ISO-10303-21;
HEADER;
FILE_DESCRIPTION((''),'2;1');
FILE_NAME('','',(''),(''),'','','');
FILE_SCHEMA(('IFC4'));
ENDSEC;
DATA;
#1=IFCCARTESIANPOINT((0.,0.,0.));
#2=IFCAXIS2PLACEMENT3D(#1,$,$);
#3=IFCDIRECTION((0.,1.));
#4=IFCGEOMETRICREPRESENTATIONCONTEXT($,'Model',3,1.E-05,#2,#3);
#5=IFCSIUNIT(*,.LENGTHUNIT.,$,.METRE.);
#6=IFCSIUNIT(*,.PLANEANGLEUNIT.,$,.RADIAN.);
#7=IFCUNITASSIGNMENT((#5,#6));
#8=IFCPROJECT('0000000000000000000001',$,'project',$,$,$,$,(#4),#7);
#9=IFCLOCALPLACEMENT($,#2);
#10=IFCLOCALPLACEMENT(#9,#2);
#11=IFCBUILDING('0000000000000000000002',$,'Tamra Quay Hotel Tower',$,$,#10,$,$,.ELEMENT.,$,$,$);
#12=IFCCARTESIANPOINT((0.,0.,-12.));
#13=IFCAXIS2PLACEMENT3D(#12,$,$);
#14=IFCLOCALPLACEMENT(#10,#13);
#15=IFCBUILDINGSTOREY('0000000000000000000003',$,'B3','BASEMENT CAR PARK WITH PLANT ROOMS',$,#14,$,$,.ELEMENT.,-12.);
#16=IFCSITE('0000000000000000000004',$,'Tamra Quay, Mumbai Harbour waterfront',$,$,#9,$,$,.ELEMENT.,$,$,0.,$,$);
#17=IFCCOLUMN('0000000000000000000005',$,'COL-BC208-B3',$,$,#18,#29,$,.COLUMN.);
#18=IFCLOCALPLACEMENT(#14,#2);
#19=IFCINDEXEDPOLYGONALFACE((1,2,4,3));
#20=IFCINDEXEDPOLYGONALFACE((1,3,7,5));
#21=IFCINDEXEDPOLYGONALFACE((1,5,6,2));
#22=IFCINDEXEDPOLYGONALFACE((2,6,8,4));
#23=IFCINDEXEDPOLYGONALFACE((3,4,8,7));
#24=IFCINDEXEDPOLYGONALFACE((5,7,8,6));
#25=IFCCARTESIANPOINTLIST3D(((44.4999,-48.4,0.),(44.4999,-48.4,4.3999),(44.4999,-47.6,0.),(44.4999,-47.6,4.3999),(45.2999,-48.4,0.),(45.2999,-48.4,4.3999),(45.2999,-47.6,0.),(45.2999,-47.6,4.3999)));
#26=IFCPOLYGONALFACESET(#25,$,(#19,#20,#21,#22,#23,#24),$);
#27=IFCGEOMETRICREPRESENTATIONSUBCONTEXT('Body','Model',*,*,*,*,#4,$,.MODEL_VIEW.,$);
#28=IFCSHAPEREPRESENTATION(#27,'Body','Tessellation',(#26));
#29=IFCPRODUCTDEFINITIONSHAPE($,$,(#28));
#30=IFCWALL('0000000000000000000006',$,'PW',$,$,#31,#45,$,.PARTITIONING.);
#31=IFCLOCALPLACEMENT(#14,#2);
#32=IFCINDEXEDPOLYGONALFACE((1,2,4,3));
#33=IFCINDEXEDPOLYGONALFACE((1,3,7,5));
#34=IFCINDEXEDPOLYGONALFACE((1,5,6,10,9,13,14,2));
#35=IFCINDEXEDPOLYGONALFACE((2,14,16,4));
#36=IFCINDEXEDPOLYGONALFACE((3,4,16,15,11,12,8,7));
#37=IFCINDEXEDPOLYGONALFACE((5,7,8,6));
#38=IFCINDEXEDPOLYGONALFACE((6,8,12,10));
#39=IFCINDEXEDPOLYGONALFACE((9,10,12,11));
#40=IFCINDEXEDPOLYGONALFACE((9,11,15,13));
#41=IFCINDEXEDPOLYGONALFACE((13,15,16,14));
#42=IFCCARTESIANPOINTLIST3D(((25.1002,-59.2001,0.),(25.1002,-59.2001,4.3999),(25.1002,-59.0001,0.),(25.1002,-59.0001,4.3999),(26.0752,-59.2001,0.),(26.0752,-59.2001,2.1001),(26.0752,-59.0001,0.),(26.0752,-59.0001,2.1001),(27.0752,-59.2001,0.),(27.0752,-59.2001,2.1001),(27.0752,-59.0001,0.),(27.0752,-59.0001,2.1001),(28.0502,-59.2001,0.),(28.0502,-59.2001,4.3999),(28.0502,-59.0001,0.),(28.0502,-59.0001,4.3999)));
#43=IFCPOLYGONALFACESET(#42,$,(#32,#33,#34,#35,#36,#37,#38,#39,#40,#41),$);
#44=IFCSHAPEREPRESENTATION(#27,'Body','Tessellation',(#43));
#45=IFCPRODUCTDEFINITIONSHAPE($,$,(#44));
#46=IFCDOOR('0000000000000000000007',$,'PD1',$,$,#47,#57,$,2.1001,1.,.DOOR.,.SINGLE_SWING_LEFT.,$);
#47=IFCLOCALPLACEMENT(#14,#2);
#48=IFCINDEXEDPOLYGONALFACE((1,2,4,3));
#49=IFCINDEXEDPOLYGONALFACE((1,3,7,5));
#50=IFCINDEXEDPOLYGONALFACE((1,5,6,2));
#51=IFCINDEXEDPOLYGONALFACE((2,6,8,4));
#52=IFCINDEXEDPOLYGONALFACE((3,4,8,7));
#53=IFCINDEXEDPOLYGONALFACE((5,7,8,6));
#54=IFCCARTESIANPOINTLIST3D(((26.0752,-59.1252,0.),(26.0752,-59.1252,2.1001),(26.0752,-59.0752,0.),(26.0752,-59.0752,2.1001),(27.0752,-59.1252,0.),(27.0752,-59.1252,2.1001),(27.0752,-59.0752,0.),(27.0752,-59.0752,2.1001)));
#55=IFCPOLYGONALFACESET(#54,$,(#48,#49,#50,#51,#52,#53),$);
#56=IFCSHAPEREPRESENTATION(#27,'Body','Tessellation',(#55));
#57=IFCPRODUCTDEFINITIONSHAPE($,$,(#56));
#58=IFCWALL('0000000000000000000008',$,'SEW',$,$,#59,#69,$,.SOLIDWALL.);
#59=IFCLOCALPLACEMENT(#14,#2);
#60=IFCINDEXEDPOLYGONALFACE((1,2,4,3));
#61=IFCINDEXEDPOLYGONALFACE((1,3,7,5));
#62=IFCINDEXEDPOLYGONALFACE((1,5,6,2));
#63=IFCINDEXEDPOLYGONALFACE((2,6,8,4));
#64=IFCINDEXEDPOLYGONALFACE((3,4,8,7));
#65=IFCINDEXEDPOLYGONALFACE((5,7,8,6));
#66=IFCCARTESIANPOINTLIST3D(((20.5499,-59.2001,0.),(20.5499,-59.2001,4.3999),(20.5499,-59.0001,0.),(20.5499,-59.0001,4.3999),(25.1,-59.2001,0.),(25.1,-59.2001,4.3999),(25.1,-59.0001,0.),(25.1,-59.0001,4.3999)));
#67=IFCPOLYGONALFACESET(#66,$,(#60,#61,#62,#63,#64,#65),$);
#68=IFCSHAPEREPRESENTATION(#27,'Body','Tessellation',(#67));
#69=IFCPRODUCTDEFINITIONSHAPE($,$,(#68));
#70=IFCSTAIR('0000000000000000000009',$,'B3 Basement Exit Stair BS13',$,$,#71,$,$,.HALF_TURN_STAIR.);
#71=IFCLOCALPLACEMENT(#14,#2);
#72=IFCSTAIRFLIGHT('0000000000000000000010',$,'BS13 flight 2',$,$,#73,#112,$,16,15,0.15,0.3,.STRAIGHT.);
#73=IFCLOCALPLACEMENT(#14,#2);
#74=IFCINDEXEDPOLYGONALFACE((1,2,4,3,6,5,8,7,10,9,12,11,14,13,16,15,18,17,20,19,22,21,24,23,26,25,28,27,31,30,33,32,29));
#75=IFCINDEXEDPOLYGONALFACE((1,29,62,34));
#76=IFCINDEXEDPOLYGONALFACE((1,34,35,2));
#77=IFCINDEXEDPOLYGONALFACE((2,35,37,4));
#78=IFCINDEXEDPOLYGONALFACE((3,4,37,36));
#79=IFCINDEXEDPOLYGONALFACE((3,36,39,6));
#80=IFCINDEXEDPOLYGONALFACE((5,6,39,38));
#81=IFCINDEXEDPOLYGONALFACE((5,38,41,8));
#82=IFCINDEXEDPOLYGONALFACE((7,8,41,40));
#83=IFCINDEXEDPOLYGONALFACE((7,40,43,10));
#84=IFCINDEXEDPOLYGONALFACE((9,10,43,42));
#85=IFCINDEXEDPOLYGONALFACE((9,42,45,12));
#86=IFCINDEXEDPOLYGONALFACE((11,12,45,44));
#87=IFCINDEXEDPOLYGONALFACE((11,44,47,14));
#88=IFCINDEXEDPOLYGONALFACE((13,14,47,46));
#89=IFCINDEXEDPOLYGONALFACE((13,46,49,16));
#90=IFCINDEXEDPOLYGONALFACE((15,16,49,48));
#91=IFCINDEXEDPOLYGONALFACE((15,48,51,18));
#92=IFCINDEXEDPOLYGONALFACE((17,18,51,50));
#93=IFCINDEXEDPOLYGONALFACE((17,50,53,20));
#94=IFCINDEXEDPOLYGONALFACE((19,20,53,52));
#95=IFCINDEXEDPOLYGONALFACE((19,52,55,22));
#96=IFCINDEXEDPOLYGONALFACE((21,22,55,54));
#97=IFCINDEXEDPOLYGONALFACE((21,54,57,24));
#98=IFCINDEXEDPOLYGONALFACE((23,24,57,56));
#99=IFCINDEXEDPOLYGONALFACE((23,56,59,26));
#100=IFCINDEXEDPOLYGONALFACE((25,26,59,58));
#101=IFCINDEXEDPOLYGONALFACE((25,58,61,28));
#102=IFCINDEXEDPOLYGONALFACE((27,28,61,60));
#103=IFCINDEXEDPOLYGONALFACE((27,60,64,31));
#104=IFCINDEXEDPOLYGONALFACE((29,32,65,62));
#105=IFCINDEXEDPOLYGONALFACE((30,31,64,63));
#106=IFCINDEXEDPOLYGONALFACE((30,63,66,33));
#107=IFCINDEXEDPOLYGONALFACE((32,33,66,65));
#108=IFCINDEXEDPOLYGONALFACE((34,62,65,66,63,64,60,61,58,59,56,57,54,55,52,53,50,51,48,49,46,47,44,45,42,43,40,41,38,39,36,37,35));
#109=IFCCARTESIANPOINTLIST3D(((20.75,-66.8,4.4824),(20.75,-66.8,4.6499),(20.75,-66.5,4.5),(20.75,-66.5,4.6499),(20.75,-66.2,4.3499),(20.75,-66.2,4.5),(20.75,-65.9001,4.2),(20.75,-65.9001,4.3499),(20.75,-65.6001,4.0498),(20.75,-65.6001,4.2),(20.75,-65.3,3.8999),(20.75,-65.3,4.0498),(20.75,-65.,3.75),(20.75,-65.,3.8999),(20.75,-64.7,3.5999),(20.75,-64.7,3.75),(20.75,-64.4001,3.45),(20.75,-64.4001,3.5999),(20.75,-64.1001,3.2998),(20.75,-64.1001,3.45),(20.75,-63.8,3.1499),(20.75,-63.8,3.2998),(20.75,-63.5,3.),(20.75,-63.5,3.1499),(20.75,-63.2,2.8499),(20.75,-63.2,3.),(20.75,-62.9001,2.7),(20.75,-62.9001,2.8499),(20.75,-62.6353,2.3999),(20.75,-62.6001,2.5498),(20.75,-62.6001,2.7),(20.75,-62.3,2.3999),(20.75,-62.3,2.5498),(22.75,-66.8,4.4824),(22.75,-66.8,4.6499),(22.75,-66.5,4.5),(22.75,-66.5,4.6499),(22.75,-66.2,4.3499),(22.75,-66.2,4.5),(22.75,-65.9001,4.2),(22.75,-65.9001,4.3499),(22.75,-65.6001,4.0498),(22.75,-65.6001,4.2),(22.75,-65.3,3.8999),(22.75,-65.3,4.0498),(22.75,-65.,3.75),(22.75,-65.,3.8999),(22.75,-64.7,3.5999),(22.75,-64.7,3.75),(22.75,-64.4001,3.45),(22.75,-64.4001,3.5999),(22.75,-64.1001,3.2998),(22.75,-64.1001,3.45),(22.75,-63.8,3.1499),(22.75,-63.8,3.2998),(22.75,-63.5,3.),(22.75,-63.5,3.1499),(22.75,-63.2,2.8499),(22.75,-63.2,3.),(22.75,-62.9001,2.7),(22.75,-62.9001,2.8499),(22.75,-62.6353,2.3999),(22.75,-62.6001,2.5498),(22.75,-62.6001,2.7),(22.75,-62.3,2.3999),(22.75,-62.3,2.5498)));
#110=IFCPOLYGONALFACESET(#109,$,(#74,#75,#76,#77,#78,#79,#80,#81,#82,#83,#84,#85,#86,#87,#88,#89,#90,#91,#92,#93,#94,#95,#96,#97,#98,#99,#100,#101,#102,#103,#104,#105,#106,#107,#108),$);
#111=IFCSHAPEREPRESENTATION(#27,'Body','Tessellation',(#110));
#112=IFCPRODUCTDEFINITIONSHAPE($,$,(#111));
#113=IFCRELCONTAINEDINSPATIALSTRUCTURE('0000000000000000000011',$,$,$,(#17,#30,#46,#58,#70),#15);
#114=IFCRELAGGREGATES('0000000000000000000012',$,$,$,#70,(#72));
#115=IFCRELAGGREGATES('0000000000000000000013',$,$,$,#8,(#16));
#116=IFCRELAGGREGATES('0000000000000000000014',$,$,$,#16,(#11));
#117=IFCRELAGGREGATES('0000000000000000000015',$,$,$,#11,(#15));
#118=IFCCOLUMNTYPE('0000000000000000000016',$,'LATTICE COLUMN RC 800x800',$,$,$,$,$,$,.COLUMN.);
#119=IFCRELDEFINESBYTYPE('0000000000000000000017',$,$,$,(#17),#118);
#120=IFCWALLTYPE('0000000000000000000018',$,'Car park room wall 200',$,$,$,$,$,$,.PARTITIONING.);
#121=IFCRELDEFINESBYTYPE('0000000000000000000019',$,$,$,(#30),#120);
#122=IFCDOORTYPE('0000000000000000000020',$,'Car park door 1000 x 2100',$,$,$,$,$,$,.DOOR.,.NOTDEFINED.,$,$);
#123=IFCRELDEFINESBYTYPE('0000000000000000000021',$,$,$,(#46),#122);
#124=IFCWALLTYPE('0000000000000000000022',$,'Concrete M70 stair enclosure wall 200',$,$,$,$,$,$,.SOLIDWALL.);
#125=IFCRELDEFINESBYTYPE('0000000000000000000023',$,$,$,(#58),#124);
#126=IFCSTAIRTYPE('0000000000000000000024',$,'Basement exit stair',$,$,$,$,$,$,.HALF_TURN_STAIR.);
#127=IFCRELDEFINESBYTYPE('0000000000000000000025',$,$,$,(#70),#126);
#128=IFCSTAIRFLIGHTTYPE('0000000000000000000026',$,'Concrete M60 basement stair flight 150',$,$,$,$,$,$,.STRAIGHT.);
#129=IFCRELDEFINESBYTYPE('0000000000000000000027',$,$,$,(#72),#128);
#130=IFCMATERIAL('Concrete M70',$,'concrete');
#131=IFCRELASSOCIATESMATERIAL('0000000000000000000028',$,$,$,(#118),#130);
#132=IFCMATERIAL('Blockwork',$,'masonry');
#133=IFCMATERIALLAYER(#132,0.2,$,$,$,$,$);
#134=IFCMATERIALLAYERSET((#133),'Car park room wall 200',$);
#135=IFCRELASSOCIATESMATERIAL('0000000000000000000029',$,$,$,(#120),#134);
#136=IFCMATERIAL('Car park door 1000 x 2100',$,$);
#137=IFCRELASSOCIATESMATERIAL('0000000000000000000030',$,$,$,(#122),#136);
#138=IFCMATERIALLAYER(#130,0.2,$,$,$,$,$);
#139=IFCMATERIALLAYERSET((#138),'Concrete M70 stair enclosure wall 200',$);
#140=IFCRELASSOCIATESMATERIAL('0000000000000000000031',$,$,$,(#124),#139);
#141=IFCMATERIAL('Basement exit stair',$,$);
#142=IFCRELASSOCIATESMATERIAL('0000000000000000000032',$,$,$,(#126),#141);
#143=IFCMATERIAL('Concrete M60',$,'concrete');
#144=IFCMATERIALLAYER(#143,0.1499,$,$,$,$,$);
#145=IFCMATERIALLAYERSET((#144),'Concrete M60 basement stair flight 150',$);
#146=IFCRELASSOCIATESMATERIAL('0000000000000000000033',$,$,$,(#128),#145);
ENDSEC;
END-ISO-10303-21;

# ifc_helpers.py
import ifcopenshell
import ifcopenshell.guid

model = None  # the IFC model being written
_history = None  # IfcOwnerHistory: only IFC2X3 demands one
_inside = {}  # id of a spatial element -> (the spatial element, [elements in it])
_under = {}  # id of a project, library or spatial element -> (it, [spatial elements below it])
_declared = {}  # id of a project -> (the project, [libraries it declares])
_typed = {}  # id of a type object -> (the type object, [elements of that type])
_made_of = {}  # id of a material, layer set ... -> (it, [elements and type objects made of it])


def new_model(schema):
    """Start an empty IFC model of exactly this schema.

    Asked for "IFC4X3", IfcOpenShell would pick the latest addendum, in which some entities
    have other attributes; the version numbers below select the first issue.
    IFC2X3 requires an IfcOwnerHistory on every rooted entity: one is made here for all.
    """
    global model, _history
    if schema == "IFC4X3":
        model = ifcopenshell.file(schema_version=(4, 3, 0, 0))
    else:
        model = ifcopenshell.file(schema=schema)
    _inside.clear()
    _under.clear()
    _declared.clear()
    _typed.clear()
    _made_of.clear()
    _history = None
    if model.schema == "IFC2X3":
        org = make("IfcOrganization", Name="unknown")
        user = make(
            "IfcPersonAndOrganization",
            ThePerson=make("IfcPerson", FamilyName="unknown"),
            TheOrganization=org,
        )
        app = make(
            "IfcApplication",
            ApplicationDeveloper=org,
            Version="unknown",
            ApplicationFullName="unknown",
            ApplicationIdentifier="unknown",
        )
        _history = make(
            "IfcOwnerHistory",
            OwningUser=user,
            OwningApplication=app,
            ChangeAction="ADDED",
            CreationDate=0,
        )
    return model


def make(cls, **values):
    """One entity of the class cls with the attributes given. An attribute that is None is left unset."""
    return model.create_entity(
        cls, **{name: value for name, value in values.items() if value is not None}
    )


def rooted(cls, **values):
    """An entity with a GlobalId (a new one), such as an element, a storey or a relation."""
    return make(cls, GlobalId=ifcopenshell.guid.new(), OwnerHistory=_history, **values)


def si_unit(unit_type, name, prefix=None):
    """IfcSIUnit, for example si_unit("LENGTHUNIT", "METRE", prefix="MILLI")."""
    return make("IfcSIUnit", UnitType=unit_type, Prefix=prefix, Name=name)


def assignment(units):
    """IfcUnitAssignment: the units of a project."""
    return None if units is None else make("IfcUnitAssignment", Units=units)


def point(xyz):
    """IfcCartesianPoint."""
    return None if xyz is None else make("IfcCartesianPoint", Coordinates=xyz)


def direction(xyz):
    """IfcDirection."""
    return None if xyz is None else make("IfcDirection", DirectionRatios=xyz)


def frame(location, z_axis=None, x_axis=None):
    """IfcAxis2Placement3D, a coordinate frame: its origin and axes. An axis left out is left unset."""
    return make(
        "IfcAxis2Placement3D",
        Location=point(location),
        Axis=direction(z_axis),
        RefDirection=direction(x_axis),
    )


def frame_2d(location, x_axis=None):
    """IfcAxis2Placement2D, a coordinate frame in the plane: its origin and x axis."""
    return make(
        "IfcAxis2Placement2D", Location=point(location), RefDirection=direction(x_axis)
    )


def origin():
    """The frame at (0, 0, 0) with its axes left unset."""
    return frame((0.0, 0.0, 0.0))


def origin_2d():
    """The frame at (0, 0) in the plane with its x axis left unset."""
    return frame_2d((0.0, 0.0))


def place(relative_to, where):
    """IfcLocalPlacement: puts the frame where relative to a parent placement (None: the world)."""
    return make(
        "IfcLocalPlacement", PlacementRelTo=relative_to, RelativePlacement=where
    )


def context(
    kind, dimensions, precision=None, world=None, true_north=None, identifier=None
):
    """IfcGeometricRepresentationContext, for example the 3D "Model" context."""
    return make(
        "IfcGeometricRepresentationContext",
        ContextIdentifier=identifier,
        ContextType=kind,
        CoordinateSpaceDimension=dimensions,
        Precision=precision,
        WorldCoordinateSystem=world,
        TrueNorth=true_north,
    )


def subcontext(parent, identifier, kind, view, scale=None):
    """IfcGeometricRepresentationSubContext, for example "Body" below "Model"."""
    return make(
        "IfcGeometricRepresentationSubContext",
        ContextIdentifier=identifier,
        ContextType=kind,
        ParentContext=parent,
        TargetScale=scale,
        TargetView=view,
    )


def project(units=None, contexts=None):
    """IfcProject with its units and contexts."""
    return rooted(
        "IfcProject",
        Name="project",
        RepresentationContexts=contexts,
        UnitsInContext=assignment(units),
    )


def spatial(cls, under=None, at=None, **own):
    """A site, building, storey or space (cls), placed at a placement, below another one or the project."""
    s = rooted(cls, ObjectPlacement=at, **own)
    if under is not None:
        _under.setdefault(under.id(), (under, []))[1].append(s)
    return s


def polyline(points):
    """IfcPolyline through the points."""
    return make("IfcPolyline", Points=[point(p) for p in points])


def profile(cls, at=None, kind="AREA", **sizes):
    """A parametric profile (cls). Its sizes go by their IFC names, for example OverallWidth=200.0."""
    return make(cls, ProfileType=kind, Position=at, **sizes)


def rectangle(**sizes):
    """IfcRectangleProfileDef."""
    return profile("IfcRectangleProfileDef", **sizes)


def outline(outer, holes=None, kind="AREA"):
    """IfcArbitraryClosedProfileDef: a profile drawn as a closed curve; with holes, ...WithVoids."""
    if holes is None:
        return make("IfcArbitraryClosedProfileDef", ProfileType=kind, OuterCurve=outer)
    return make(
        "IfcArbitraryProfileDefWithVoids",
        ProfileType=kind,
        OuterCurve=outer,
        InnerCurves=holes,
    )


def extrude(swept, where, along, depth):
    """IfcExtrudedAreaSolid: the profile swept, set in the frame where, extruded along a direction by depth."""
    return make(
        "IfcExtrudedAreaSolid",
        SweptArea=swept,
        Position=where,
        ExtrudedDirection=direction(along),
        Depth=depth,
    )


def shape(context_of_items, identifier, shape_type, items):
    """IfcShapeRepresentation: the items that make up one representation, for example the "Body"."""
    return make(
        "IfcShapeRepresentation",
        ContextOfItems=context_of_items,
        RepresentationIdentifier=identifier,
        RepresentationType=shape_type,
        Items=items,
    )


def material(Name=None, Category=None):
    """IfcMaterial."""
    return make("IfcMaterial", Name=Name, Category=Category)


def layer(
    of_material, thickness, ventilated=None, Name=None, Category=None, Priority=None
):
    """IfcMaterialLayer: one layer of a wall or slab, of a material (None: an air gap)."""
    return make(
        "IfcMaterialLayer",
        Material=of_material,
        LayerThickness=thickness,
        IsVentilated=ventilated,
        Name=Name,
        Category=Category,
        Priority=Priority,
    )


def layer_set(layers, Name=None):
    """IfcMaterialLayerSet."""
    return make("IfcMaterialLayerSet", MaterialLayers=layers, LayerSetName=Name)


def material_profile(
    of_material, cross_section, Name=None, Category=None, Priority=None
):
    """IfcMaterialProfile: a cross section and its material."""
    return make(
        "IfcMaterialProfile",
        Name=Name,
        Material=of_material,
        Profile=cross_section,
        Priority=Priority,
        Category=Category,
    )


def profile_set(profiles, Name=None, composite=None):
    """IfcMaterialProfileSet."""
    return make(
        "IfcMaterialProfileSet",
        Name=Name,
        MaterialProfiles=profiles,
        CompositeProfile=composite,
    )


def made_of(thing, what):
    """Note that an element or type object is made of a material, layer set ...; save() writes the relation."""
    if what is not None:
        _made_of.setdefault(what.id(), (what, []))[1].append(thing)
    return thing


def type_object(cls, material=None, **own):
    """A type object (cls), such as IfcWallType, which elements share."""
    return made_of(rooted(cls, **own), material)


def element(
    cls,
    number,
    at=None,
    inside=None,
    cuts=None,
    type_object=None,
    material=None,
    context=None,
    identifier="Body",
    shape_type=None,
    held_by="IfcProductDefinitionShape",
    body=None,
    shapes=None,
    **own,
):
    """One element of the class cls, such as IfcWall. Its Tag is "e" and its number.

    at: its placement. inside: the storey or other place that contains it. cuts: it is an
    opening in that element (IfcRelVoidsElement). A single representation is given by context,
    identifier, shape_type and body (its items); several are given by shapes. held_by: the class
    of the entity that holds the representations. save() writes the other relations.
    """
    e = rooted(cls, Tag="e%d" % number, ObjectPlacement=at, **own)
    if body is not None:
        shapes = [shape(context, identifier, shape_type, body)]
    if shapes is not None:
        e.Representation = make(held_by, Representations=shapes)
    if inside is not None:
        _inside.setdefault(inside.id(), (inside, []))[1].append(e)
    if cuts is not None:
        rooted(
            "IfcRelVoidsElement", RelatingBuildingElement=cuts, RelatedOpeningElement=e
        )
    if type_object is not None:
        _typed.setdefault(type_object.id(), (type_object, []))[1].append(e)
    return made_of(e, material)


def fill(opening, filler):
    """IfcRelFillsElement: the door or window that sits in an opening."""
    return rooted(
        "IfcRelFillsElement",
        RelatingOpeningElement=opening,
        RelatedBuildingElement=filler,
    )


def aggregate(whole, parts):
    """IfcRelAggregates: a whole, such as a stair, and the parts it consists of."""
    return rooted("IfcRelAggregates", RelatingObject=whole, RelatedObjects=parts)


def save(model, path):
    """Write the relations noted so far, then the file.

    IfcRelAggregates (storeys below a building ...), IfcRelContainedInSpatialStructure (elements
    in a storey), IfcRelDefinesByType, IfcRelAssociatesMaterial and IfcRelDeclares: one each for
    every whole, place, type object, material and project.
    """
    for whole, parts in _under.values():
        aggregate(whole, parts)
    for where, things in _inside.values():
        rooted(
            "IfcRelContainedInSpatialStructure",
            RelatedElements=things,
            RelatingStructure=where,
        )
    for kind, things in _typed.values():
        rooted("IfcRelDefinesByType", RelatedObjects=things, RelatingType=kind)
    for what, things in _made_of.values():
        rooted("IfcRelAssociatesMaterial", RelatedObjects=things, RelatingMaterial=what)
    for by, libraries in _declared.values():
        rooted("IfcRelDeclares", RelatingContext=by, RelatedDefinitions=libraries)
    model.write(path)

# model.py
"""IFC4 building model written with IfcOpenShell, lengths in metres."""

from ifc_helpers import new_model, si_unit, direction, frame, frame_2d, origin, origin_2d, place, context, subcontext, project, spatial, polyline, rectangle, outline, extrude, material, layer, layer_set, material_profile, profile_set, type_object, element, fill, aggregate, save


model = new_model("IFC4")

# Units and contexts
model_context = context("Model", 3, precision=1e-05, world=origin(), true_north=direction((0.0, 1.0)))
body_context = subcontext(model_context, "Body", "Model", "MODEL_VIEW")
ifc_project = project(units=[si_unit("LENGTHUNIT", "METRE"), si_unit("PLANEANGLEUNIT", "RADIAN")], contexts=[model_context])

# Site, building, storey
site_placement = place(None, origin())
site = spatial("IfcSite", under=ifc_project, at=site_placement, Name="Tamra Quay, Mumbai Harbour waterfront", CompositionType="ELEMENT", RefElevation=0.0)
building_placement = place(site_placement, origin())
building = spatial("IfcBuilding", under=site, at=building_placement, Name="Tamra Quay Hotel Tower", CompositionType="ELEMENT")
storey_placement = place(building_placement, frame((0.0, 0.0, -12.0)))
storey = spatial("IfcBuildingStorey", under=building, at=storey_placement, Name="B3", Description="BASEMENT CAR PARK WITH PLANT ROOMS", CompositionType="ELEMENT", Elevation=-12.0)

# Column
ifc_material_1 = material(Name="Concrete M70", Category="concrete")
ifc_material_profile_1 = material_profile(ifc_material_1, rectangle(XDim=0.8, YDim=0.8, at=origin_2d()), Name="LATTICE COLUMN RC 800x800")
ifc_profile_set_1 = profile_set([ifc_material_profile_1], Name="Concrete M70")
column_type = type_object("IfcColumnType", Name="LATTICE COLUMN RC 800x800", PredefinedType="COLUMN", material=ifc_profile_set_1)
for number, where, z_axis, x_axis, name in (
    (1, (44.8999, -48.0, 0.0), (0.0, 0.0, 1.0), (1.0, 0.0, 0.0), "COL-BC208-B3"),
):
    element("IfcColumn", number, at=place(storey_placement, frame(where, z_axis=z_axis, x_axis=x_axis)), inside=storey, type_object=column_type, Name=name, PredefinedType="COLUMN", context=body_context, shape_type="SweptSolid", body=[
        extrude(rectangle(XDim=0.8, YDim=0.8, at=origin_2d()), origin(), (0.0, 0.0, 1.0), 4.3999),
    ])

# Wall, opening, door
ifc_material_2 = material(Name="Blockwork", Category="masonry")
ifc_layer_1 = layer(ifc_material_2, 0.2)
ifc_layer_set_1 = layer_set([ifc_layer_1], Name="Car park room wall 200")
wall_type_1 = type_object("IfcWallType", Name="Car park room wall 200", PredefinedType="PARTITIONING", material=ifc_layer_set_1)
wall_1_placement = place(storey_placement, frame((25.1001, -59.1001, 0.0), z_axis=(0.0, 0.0, 1.0), x_axis=(1.0, 0.0, 0.0)))
wall_1 = element("IfcWall", 2, at=wall_1_placement, inside=storey, type_object=wall_type_1, Name="PW", PredefinedType="PARTITIONING", context=body_context, shape_type="SweptSolid", body=[
    extrude(rectangle(XDim=2.95, YDim=0.2, at=frame_2d((1.4751, 0.0))), origin(), (0.0, 0.0, 1.0), 4.3999),
])
opening_placement = place(wall_1_placement, frame((0.9751, 0.0, 0.0)))
opening = element("IfcOpeningElement", 3, at=opening_placement, cuts=wall_1, PredefinedType="OPENING", context=body_context, shape_type="SweptSolid", body=[
    extrude(rectangle(XDim=1.0, YDim=2.1001, at=frame_2d((0.5, 1.05))), frame((0.0, 0.1099, 0.0), z_axis=(0.0, -1.0, 0.0), x_axis=(1.0, 0.0, 0.0)), (0.0, 0.0, 1.0), 0.22),
])
ifc_material_3 = material(Name="Car park door 1000 x 2100")
door_type = type_object("IfcDoorType", Name="Car park door 1000 x 2100", OperationType="NOTDEFINED", PredefinedType="DOOR", material=ifc_material_3)
door_placement = place(opening_placement, origin())
door = element("IfcDoor", 4, at=door_placement, inside=storey, type_object=door_type, Name="PD1", OperationType="SINGLE_SWING_LEFT", OverallHeight=2.1001, OverallWidth=1.0, PredefinedType="DOOR", context=body_context, shape_type="SweptSolid", body=[
    extrude(rectangle(XDim=1.0, YDim=2.1001, at=frame_2d((0.5, 1.05))), frame((0.0, 0.0249, 0.0), z_axis=(0.0, -1.0, 0.0), x_axis=(1.0, 0.0, 0.0)), (0.0, 0.0, 1.0), 0.05),
])
fill(opening, door)

# Wall
ifc_layer_2 = layer(ifc_material_1, 0.2)
ifc_layer_set_2 = layer_set([ifc_layer_2], Name="Concrete M70 stair enclosure wall 200")
wall_type_2 = type_object("IfcWallType", Name="Concrete M70 stair enclosure wall 200", PredefinedType="SOLIDWALL", material=ifc_layer_set_2)
wall_2_placement = place(storey_placement, frame((20.55, -59.1001, 0.0), z_axis=(0.0, 0.0, 1.0), x_axis=(1.0, 0.0, 0.0)))
element("IfcWall", 5, at=wall_2_placement, inside=storey, type_object=wall_type_2, Name="SEW", PredefinedType="SOLIDWALL", context=body_context, shape_type="SweptSolid", body=[
    extrude(rectangle(XDim=4.55, YDim=0.2, at=frame_2d((2.2749, 0.0))), origin(), (0.0, 0.0, 1.0), 4.3999),
])

# Stair, stair flight
ifc_material_4 = material(Name="Basement exit stair")
stair_type = type_object("IfcStairType", Name="Basement exit stair", PredefinedType="HALF_TURN_STAIR", material=ifc_material_4)
stair_placement = place(storey_placement, origin())
stair = element("IfcStair", 6, at=stair_placement, inside=storey, type_object=stair_type, Name="B3 Basement Exit Stair BS13", PredefinedType="HALF_TURN_STAIR")
ifc_material_5 = material(Name="Concrete M60", Category="concrete")
ifc_layer_3 = layer(ifc_material_5, 0.1499)
ifc_layer_set_3 = layer_set([ifc_layer_3], Name="Concrete M60 basement stair flight 150")
stair_flight_type = type_object("IfcStairFlightType", Name="Concrete M60 basement stair flight 150", PredefinedType="STRAIGHT", material=ifc_layer_set_3)
stair_flight_placement = place(storey_placement, frame((21.75, -62.3, 2.3999), z_axis=(0.0, 0.0, 1.0), x_axis=(0.0, -1.0, 0.0)))
stair_flight = element("IfcStairFlight", 7, at=stair_flight_placement, type_object=stair_flight_type, Name="BS13 flight 2", NumberOfRisers=16, NumberOfTreads=15, PredefinedType="STRAIGHT", RiserHeight=0.15, TreadLength=0.3, context=body_context, shape_type="SweptSolid", body=[
    extrude(outline(polyline([(0.0, 0.0), (0.0, 0.1499), (0.3, 0.1499), (0.3, 0.3), (0.6001, 0.3), (0.6001, 0.45), (0.8999, 0.45), (0.8999, 0.6001), (1.2, 0.6001), (1.2, 0.75), (1.5, 0.75), (1.5, 0.8999), (1.8, 0.8999), (1.8, 1.05), (2.1001, 1.05), (2.1001, 1.2), (2.3999, 1.2), (2.3999, 1.3501), (2.7, 1.3501), (2.7, 1.5), (3.0, 1.5), (3.0, 1.6499), (3.3, 1.6499), (3.3, 1.8), (3.6001, 1.8), (3.6001, 1.95), (3.8999, 1.95), (3.8999, 2.1001), (4.2, 2.1001), (4.2, 2.25), (4.5, 2.25), (4.5, 2.3999), (4.5, 2.0825), (0.3352, 0.0), (0.0, 0.0)])), frame((0.0, 1.0, 0.0), z_axis=(0.0, -1.0, 0.0), x_axis=(1.0, 0.0, 0.0)), (0.0, 0.0, 1.0), 2.0),
])
aggregate(stair, [stair_flight])

save(model, "model.ifc")
